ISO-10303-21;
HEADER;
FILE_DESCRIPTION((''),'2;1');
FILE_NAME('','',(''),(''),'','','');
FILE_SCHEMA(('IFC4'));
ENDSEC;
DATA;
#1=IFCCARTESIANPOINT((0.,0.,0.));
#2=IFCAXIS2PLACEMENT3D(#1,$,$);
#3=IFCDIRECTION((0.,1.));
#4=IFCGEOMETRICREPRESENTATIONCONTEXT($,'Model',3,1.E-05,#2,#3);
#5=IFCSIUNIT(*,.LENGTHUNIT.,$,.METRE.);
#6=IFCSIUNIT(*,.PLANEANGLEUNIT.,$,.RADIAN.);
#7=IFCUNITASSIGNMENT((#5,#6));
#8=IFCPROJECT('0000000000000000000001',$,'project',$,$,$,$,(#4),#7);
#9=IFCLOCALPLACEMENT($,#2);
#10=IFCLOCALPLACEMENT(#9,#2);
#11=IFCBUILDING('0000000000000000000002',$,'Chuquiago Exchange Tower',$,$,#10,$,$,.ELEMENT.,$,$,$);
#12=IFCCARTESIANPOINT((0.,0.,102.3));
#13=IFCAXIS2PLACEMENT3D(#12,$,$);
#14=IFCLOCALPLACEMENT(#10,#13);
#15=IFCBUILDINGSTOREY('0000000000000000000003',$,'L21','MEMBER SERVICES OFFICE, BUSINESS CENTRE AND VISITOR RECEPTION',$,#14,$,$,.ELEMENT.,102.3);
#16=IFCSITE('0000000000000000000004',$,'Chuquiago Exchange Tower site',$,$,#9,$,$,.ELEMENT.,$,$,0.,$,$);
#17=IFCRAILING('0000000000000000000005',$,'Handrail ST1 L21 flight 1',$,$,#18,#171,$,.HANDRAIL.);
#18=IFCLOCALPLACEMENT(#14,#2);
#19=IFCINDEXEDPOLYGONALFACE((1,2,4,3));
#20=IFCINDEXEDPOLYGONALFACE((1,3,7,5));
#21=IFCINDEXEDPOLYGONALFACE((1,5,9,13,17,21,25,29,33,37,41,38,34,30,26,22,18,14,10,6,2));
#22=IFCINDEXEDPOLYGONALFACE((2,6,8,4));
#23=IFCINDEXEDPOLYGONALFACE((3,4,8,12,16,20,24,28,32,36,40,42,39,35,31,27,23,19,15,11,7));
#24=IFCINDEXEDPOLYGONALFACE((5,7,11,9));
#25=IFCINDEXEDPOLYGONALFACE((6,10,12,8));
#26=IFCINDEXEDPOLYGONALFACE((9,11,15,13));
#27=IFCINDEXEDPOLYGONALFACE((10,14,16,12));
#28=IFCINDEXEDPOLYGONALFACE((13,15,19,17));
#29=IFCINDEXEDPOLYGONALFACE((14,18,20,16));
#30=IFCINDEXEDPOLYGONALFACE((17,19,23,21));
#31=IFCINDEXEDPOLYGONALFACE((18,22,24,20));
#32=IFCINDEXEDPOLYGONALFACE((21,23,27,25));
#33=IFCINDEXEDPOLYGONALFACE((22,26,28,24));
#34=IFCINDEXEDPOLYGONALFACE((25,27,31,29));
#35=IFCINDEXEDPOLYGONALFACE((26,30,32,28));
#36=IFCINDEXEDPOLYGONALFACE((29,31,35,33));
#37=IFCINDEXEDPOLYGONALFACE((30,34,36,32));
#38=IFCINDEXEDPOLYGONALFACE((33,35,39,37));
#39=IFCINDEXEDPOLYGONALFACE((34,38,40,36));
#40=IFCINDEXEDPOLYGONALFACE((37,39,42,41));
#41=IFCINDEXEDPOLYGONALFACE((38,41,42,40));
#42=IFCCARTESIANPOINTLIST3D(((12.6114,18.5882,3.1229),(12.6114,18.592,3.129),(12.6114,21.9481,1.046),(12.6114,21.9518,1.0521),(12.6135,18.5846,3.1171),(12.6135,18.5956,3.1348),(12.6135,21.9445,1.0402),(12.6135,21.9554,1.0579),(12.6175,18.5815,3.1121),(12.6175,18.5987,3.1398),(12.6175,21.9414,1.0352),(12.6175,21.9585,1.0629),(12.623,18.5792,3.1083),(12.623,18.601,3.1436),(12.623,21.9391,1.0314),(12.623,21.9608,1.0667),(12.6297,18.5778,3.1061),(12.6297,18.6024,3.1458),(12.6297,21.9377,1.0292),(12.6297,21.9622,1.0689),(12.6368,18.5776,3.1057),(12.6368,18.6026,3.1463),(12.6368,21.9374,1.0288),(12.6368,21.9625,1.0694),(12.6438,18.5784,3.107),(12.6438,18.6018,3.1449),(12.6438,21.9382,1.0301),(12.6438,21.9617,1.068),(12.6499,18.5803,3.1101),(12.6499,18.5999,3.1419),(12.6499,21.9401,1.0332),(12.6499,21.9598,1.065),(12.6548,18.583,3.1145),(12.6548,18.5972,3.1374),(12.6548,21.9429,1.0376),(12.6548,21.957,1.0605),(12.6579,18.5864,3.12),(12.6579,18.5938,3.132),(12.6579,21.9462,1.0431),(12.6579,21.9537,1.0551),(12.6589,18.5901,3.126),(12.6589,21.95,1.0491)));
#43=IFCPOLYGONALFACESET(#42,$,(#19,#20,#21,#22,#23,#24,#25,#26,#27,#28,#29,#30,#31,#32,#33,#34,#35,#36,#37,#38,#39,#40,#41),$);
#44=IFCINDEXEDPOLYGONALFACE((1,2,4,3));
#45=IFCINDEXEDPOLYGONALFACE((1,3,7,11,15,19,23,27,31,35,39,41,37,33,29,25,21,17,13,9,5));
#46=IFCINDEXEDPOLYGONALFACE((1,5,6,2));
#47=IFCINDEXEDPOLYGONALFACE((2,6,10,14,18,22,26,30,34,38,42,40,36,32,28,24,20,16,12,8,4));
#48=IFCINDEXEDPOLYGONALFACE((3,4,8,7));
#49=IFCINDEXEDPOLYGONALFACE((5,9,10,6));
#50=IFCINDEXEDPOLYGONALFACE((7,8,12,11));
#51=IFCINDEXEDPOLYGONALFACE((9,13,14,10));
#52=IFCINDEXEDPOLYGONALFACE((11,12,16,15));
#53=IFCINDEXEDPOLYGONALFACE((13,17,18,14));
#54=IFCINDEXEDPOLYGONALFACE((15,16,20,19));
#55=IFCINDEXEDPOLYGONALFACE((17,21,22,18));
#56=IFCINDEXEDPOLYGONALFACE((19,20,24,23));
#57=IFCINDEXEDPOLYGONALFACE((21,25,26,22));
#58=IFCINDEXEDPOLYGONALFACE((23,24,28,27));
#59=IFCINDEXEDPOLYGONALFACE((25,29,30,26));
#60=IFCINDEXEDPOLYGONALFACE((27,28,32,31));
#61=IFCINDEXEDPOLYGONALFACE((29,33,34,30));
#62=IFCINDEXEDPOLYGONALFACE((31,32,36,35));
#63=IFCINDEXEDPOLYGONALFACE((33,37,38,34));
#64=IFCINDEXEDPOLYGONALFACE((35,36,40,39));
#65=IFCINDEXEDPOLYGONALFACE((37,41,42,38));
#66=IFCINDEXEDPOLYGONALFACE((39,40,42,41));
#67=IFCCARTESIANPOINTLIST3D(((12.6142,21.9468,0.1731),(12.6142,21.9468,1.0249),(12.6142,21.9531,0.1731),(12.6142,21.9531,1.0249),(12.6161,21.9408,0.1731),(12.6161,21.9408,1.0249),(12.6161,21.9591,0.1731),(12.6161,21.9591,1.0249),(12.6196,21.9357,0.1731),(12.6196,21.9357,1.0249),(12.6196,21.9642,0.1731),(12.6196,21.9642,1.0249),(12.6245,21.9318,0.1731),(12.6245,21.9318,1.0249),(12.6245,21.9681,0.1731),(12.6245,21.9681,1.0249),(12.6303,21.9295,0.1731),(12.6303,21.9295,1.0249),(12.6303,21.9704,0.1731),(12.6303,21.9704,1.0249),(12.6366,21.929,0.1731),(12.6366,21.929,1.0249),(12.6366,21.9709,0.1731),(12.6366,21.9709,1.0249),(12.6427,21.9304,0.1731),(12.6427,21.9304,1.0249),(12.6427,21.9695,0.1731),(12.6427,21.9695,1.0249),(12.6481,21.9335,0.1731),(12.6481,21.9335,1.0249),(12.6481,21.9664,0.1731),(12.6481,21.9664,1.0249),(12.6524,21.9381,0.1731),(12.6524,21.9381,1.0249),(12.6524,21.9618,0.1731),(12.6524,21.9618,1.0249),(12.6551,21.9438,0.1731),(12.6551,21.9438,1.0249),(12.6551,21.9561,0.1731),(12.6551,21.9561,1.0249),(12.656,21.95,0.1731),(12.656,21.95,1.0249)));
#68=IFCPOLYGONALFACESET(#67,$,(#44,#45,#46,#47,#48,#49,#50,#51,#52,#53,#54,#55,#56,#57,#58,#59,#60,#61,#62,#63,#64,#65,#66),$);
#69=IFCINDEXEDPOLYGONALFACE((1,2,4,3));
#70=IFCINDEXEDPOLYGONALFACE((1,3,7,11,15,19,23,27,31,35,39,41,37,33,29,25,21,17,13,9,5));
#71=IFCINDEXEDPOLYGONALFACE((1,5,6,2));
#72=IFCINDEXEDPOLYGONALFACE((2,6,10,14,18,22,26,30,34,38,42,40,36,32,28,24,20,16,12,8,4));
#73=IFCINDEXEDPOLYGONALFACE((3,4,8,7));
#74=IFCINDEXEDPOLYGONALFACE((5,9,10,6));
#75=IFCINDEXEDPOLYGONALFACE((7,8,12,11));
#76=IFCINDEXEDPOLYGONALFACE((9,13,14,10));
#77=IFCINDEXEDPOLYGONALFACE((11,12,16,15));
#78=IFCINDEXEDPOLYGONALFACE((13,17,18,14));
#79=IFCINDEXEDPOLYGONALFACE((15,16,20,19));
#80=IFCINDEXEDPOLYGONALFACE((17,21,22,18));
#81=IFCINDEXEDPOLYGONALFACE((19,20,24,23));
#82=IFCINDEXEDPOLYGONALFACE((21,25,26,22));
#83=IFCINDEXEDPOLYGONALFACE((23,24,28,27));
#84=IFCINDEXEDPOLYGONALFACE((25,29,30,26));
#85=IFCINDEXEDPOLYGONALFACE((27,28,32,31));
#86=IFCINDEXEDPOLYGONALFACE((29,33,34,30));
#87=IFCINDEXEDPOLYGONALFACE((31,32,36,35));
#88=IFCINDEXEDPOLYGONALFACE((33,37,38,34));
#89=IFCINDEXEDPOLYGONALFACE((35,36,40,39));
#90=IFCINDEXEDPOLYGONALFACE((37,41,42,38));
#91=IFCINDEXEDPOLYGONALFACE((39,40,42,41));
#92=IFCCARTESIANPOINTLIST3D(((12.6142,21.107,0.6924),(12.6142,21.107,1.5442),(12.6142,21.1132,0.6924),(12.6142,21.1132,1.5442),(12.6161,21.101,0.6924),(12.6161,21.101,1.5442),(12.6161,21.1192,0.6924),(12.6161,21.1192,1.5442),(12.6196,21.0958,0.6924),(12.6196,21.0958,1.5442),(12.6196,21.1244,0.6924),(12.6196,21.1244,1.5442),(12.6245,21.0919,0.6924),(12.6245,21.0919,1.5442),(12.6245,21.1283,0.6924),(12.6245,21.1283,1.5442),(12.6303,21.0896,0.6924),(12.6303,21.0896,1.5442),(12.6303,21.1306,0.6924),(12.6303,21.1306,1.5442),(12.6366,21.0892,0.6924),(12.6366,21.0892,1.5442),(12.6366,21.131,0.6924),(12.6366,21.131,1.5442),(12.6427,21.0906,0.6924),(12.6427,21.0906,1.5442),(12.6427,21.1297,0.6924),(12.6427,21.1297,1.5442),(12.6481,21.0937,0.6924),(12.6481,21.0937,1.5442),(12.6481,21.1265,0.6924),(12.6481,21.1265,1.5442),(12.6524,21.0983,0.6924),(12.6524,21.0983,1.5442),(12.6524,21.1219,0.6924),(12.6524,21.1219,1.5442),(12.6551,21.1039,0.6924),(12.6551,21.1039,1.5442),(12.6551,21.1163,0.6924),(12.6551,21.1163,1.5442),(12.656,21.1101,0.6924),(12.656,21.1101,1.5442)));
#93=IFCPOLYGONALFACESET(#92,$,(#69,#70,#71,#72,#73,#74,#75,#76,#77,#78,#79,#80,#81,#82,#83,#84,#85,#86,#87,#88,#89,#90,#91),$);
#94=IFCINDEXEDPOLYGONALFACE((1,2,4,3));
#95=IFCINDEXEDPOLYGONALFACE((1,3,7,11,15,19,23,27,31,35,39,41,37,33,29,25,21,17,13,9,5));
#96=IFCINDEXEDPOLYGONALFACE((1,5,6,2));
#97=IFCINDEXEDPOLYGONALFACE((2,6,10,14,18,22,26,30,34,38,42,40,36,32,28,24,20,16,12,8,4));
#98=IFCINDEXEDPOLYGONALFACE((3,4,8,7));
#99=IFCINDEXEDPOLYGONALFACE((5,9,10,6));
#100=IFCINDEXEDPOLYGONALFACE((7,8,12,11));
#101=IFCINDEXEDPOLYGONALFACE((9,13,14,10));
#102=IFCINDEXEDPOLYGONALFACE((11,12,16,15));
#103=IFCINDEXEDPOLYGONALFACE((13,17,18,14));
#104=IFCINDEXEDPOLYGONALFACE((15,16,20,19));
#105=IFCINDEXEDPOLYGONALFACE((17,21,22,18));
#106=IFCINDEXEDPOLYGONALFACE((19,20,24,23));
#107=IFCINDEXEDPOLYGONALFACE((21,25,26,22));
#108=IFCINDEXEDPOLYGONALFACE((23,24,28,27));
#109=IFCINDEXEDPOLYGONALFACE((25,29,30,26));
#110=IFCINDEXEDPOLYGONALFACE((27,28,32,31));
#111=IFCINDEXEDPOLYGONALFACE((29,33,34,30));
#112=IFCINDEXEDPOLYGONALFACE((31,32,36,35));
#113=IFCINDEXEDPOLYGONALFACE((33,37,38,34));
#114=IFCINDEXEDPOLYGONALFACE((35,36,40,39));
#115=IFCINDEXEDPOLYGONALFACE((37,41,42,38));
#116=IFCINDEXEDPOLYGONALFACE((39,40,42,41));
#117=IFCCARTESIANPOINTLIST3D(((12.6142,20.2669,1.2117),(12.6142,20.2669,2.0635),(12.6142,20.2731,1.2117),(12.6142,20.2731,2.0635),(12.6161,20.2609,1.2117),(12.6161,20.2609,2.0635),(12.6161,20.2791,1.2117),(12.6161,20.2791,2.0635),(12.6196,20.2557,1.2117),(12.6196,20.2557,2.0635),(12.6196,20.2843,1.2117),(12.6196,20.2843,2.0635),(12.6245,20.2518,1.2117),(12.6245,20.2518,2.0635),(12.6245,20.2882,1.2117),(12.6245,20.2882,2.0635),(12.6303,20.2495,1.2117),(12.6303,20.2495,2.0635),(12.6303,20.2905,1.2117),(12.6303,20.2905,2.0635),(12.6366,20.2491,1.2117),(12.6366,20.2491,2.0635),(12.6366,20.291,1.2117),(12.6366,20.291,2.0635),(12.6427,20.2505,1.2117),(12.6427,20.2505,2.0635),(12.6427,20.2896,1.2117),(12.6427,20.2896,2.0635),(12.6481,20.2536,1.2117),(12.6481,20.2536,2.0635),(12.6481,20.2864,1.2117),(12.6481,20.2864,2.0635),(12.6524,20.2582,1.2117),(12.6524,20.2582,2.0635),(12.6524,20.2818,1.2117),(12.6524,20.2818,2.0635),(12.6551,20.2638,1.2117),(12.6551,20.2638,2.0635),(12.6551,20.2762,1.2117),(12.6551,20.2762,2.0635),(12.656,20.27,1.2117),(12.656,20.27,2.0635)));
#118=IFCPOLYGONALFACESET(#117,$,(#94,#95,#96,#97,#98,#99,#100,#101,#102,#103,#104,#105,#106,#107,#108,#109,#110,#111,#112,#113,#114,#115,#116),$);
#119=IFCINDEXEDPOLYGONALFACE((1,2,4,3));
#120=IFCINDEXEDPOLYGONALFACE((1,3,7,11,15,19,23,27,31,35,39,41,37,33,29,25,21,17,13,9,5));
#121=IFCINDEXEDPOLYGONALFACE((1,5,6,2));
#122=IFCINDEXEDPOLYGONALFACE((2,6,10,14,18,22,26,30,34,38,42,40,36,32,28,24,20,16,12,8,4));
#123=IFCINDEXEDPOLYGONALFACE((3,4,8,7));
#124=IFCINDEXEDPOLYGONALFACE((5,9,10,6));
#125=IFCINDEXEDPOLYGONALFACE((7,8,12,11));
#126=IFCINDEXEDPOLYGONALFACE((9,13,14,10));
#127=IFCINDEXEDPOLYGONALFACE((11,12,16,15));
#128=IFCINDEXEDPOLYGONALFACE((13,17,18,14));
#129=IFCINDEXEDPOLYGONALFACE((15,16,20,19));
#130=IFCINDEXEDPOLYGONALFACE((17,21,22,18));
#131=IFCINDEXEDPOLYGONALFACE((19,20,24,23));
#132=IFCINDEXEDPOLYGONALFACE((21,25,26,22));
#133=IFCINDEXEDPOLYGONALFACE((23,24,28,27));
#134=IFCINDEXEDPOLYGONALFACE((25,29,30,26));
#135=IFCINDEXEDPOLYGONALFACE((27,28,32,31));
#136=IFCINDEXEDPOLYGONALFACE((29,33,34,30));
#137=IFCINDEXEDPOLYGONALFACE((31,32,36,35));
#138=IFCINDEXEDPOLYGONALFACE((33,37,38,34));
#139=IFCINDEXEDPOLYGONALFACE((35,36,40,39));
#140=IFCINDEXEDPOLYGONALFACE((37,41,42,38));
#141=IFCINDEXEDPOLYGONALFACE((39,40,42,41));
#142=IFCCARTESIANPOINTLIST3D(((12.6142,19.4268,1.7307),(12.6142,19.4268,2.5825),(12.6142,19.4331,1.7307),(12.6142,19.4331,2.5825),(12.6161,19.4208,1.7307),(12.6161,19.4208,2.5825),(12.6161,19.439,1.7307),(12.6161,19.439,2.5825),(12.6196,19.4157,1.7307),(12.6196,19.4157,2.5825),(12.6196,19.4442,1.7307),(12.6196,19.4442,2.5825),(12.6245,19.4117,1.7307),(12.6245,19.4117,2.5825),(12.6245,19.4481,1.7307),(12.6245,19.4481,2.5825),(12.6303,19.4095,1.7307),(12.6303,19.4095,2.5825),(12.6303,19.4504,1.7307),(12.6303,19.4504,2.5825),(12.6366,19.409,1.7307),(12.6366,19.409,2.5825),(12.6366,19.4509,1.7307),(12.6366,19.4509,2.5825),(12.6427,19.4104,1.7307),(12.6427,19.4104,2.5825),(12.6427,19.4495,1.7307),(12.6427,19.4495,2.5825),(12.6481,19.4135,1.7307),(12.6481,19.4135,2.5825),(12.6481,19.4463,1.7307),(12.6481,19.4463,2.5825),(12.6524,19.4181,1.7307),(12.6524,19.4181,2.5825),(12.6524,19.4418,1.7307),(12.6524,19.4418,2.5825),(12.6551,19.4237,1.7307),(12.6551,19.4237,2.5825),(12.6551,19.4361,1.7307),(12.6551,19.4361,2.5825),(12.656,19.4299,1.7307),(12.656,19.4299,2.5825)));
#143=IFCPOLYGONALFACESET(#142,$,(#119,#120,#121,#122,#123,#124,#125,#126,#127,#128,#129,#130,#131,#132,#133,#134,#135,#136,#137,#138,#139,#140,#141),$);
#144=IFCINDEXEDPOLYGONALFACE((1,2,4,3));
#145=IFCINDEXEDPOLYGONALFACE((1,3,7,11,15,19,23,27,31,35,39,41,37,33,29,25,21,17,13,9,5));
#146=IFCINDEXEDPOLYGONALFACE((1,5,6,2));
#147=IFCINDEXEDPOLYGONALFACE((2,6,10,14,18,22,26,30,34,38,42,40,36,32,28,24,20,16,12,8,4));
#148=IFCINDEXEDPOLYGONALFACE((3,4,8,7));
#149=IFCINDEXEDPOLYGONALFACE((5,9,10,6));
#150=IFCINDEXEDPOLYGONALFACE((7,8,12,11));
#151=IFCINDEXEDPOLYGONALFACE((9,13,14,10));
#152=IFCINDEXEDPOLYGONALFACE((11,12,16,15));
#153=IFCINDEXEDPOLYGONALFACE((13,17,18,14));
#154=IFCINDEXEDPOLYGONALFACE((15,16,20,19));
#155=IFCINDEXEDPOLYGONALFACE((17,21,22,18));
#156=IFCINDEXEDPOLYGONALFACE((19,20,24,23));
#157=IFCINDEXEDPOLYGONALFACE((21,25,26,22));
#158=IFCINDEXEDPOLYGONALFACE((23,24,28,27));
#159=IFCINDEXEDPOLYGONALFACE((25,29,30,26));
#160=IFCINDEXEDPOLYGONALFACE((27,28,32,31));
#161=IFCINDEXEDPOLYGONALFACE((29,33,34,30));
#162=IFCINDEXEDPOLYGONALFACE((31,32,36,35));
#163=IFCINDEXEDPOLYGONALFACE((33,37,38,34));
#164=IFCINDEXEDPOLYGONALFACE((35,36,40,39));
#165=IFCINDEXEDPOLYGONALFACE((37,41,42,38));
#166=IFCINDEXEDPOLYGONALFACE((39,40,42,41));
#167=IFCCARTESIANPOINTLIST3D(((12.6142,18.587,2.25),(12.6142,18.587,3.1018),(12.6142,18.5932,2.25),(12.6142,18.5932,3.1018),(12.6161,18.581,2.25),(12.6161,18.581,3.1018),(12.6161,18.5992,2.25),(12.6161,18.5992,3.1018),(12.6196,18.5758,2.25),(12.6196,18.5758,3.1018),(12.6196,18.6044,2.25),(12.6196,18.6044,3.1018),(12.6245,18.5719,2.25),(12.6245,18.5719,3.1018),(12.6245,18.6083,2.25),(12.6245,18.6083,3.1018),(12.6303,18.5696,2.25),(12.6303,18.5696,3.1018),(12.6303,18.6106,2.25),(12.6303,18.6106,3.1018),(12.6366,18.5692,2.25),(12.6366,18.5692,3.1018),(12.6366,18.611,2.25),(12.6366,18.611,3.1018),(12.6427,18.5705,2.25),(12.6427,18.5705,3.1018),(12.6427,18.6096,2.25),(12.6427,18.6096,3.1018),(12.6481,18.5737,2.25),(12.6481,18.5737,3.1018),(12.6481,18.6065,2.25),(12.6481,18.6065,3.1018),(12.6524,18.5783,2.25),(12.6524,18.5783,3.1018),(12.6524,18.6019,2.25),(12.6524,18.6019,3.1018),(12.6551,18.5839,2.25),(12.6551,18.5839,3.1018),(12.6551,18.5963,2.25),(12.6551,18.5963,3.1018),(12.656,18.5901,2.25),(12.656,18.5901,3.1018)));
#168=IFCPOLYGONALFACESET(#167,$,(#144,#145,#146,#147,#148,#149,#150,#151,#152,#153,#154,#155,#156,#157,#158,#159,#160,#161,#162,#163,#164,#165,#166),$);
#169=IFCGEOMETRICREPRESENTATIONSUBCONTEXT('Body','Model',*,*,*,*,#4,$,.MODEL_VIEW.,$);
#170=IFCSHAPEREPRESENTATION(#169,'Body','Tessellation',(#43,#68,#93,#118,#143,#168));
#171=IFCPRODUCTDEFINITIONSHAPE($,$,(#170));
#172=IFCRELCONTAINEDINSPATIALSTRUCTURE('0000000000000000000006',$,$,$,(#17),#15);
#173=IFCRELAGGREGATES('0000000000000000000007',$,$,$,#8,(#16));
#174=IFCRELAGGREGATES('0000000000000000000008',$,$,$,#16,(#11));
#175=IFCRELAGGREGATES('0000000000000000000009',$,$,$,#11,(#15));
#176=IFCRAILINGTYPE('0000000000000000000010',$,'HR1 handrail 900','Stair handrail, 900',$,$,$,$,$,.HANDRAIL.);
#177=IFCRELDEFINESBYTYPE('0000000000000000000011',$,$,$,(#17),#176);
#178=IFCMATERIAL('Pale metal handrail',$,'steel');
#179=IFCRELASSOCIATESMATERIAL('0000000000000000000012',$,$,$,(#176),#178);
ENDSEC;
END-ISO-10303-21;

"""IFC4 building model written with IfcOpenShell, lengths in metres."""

from ifc_helpers import new_model, si_unit, direction, frame, origin, origin_2d, place, context, subcontext, project, spatial, circle, extrude, material, type_object, element, save


model = new_model("IFC4")

# Units and contexts
model_context = context("Model", 3, precision=1e-05, world=origin(), true_north=direction((0.0, 1.0)))
body_context = subcontext(model_context, "Body", "Model", "MODEL_VIEW")
ifc_project = project(units=[si_unit("LENGTHUNIT", "METRE"), si_unit("PLANEANGLEUNIT", "RADIAN")], contexts=[model_context])

# Site, building, storey
site_placement = place(None, origin())
site = spatial("IfcSite", under=ifc_project, at=site_placement, Name="Chuquiago Exchange Tower site", CompositionType="ELEMENT", RefElevation=0.0)
building_placement = place(site_placement, origin())
building = spatial("IfcBuilding", under=site, at=building_placement, Name="Chuquiago Exchange Tower", CompositionType="ELEMENT")
storey_placement = place(building_placement, frame((0.0, 0.0, 102.3)))
storey = spatial("IfcBuildingStorey", under=building, at=storey_placement, Name="L21", Description="MEMBER SERVICES OFFICE, BUSINESS CENTRE AND VISITOR RECEPTION", CompositionType="ELEMENT", Elevation=102.3)

# Railing
ifc_material_1 = material(Name="Pale metal handrail", Category="steel")
railing_type = type_object("IfcRailingType", Name="HR1 handrail 900", Description="Stair handrail, 900", PredefinedType="HANDRAIL", material=ifc_material_1)
for number, where, name in (
    (1, (12.635, 21.95, 0.1731), "Handrail ST1 L21 flight 1"),
):
    element("IfcRailing", number, at=place(storey_placement, frame(where)), inside=storey, type_object=railing_type, Name=name, PredefinedType="HANDRAIL", context=body_context, shape_type="SweptSolid", body=[
        extrude(circle(Radius=0.0239, at=origin_2d()), frame((0.0, 0.0, 0.876), z_axis=(0.0, -0.850606, 0.525803), x_axis=(1.0, 0.0, 0.0)), (0.0, 0.0, 1.0), 3.95),
        extrude(circle(Radius=0.021, at=origin_2d()), origin(), (0.0, 0.0, 1.0), 0.8518),
        extrude(circle(Radius=0.021, at=origin_2d()), frame((0.0, -0.8398, 0.5193)), (0.0, 0.0, 1.0), 0.8518),
        extrude(circle(Radius=0.021, at=origin_2d()), frame((0.0, -1.6799, 1.0386)), (0.0, 0.0, 1.0), 0.8518),
        extrude(circle(Radius=0.021, at=origin_2d()), frame((0.0, -2.52, 1.5576)), (0.0, 0.0, 1.0), 0.8518),
        extrude(circle(Radius=0.021, at=origin_2d()), frame((0.0, -3.3599, 2.0769)), (0.0, 0.0, 1.0), 0.8518),
    ])

save(model, "model.ifc")
